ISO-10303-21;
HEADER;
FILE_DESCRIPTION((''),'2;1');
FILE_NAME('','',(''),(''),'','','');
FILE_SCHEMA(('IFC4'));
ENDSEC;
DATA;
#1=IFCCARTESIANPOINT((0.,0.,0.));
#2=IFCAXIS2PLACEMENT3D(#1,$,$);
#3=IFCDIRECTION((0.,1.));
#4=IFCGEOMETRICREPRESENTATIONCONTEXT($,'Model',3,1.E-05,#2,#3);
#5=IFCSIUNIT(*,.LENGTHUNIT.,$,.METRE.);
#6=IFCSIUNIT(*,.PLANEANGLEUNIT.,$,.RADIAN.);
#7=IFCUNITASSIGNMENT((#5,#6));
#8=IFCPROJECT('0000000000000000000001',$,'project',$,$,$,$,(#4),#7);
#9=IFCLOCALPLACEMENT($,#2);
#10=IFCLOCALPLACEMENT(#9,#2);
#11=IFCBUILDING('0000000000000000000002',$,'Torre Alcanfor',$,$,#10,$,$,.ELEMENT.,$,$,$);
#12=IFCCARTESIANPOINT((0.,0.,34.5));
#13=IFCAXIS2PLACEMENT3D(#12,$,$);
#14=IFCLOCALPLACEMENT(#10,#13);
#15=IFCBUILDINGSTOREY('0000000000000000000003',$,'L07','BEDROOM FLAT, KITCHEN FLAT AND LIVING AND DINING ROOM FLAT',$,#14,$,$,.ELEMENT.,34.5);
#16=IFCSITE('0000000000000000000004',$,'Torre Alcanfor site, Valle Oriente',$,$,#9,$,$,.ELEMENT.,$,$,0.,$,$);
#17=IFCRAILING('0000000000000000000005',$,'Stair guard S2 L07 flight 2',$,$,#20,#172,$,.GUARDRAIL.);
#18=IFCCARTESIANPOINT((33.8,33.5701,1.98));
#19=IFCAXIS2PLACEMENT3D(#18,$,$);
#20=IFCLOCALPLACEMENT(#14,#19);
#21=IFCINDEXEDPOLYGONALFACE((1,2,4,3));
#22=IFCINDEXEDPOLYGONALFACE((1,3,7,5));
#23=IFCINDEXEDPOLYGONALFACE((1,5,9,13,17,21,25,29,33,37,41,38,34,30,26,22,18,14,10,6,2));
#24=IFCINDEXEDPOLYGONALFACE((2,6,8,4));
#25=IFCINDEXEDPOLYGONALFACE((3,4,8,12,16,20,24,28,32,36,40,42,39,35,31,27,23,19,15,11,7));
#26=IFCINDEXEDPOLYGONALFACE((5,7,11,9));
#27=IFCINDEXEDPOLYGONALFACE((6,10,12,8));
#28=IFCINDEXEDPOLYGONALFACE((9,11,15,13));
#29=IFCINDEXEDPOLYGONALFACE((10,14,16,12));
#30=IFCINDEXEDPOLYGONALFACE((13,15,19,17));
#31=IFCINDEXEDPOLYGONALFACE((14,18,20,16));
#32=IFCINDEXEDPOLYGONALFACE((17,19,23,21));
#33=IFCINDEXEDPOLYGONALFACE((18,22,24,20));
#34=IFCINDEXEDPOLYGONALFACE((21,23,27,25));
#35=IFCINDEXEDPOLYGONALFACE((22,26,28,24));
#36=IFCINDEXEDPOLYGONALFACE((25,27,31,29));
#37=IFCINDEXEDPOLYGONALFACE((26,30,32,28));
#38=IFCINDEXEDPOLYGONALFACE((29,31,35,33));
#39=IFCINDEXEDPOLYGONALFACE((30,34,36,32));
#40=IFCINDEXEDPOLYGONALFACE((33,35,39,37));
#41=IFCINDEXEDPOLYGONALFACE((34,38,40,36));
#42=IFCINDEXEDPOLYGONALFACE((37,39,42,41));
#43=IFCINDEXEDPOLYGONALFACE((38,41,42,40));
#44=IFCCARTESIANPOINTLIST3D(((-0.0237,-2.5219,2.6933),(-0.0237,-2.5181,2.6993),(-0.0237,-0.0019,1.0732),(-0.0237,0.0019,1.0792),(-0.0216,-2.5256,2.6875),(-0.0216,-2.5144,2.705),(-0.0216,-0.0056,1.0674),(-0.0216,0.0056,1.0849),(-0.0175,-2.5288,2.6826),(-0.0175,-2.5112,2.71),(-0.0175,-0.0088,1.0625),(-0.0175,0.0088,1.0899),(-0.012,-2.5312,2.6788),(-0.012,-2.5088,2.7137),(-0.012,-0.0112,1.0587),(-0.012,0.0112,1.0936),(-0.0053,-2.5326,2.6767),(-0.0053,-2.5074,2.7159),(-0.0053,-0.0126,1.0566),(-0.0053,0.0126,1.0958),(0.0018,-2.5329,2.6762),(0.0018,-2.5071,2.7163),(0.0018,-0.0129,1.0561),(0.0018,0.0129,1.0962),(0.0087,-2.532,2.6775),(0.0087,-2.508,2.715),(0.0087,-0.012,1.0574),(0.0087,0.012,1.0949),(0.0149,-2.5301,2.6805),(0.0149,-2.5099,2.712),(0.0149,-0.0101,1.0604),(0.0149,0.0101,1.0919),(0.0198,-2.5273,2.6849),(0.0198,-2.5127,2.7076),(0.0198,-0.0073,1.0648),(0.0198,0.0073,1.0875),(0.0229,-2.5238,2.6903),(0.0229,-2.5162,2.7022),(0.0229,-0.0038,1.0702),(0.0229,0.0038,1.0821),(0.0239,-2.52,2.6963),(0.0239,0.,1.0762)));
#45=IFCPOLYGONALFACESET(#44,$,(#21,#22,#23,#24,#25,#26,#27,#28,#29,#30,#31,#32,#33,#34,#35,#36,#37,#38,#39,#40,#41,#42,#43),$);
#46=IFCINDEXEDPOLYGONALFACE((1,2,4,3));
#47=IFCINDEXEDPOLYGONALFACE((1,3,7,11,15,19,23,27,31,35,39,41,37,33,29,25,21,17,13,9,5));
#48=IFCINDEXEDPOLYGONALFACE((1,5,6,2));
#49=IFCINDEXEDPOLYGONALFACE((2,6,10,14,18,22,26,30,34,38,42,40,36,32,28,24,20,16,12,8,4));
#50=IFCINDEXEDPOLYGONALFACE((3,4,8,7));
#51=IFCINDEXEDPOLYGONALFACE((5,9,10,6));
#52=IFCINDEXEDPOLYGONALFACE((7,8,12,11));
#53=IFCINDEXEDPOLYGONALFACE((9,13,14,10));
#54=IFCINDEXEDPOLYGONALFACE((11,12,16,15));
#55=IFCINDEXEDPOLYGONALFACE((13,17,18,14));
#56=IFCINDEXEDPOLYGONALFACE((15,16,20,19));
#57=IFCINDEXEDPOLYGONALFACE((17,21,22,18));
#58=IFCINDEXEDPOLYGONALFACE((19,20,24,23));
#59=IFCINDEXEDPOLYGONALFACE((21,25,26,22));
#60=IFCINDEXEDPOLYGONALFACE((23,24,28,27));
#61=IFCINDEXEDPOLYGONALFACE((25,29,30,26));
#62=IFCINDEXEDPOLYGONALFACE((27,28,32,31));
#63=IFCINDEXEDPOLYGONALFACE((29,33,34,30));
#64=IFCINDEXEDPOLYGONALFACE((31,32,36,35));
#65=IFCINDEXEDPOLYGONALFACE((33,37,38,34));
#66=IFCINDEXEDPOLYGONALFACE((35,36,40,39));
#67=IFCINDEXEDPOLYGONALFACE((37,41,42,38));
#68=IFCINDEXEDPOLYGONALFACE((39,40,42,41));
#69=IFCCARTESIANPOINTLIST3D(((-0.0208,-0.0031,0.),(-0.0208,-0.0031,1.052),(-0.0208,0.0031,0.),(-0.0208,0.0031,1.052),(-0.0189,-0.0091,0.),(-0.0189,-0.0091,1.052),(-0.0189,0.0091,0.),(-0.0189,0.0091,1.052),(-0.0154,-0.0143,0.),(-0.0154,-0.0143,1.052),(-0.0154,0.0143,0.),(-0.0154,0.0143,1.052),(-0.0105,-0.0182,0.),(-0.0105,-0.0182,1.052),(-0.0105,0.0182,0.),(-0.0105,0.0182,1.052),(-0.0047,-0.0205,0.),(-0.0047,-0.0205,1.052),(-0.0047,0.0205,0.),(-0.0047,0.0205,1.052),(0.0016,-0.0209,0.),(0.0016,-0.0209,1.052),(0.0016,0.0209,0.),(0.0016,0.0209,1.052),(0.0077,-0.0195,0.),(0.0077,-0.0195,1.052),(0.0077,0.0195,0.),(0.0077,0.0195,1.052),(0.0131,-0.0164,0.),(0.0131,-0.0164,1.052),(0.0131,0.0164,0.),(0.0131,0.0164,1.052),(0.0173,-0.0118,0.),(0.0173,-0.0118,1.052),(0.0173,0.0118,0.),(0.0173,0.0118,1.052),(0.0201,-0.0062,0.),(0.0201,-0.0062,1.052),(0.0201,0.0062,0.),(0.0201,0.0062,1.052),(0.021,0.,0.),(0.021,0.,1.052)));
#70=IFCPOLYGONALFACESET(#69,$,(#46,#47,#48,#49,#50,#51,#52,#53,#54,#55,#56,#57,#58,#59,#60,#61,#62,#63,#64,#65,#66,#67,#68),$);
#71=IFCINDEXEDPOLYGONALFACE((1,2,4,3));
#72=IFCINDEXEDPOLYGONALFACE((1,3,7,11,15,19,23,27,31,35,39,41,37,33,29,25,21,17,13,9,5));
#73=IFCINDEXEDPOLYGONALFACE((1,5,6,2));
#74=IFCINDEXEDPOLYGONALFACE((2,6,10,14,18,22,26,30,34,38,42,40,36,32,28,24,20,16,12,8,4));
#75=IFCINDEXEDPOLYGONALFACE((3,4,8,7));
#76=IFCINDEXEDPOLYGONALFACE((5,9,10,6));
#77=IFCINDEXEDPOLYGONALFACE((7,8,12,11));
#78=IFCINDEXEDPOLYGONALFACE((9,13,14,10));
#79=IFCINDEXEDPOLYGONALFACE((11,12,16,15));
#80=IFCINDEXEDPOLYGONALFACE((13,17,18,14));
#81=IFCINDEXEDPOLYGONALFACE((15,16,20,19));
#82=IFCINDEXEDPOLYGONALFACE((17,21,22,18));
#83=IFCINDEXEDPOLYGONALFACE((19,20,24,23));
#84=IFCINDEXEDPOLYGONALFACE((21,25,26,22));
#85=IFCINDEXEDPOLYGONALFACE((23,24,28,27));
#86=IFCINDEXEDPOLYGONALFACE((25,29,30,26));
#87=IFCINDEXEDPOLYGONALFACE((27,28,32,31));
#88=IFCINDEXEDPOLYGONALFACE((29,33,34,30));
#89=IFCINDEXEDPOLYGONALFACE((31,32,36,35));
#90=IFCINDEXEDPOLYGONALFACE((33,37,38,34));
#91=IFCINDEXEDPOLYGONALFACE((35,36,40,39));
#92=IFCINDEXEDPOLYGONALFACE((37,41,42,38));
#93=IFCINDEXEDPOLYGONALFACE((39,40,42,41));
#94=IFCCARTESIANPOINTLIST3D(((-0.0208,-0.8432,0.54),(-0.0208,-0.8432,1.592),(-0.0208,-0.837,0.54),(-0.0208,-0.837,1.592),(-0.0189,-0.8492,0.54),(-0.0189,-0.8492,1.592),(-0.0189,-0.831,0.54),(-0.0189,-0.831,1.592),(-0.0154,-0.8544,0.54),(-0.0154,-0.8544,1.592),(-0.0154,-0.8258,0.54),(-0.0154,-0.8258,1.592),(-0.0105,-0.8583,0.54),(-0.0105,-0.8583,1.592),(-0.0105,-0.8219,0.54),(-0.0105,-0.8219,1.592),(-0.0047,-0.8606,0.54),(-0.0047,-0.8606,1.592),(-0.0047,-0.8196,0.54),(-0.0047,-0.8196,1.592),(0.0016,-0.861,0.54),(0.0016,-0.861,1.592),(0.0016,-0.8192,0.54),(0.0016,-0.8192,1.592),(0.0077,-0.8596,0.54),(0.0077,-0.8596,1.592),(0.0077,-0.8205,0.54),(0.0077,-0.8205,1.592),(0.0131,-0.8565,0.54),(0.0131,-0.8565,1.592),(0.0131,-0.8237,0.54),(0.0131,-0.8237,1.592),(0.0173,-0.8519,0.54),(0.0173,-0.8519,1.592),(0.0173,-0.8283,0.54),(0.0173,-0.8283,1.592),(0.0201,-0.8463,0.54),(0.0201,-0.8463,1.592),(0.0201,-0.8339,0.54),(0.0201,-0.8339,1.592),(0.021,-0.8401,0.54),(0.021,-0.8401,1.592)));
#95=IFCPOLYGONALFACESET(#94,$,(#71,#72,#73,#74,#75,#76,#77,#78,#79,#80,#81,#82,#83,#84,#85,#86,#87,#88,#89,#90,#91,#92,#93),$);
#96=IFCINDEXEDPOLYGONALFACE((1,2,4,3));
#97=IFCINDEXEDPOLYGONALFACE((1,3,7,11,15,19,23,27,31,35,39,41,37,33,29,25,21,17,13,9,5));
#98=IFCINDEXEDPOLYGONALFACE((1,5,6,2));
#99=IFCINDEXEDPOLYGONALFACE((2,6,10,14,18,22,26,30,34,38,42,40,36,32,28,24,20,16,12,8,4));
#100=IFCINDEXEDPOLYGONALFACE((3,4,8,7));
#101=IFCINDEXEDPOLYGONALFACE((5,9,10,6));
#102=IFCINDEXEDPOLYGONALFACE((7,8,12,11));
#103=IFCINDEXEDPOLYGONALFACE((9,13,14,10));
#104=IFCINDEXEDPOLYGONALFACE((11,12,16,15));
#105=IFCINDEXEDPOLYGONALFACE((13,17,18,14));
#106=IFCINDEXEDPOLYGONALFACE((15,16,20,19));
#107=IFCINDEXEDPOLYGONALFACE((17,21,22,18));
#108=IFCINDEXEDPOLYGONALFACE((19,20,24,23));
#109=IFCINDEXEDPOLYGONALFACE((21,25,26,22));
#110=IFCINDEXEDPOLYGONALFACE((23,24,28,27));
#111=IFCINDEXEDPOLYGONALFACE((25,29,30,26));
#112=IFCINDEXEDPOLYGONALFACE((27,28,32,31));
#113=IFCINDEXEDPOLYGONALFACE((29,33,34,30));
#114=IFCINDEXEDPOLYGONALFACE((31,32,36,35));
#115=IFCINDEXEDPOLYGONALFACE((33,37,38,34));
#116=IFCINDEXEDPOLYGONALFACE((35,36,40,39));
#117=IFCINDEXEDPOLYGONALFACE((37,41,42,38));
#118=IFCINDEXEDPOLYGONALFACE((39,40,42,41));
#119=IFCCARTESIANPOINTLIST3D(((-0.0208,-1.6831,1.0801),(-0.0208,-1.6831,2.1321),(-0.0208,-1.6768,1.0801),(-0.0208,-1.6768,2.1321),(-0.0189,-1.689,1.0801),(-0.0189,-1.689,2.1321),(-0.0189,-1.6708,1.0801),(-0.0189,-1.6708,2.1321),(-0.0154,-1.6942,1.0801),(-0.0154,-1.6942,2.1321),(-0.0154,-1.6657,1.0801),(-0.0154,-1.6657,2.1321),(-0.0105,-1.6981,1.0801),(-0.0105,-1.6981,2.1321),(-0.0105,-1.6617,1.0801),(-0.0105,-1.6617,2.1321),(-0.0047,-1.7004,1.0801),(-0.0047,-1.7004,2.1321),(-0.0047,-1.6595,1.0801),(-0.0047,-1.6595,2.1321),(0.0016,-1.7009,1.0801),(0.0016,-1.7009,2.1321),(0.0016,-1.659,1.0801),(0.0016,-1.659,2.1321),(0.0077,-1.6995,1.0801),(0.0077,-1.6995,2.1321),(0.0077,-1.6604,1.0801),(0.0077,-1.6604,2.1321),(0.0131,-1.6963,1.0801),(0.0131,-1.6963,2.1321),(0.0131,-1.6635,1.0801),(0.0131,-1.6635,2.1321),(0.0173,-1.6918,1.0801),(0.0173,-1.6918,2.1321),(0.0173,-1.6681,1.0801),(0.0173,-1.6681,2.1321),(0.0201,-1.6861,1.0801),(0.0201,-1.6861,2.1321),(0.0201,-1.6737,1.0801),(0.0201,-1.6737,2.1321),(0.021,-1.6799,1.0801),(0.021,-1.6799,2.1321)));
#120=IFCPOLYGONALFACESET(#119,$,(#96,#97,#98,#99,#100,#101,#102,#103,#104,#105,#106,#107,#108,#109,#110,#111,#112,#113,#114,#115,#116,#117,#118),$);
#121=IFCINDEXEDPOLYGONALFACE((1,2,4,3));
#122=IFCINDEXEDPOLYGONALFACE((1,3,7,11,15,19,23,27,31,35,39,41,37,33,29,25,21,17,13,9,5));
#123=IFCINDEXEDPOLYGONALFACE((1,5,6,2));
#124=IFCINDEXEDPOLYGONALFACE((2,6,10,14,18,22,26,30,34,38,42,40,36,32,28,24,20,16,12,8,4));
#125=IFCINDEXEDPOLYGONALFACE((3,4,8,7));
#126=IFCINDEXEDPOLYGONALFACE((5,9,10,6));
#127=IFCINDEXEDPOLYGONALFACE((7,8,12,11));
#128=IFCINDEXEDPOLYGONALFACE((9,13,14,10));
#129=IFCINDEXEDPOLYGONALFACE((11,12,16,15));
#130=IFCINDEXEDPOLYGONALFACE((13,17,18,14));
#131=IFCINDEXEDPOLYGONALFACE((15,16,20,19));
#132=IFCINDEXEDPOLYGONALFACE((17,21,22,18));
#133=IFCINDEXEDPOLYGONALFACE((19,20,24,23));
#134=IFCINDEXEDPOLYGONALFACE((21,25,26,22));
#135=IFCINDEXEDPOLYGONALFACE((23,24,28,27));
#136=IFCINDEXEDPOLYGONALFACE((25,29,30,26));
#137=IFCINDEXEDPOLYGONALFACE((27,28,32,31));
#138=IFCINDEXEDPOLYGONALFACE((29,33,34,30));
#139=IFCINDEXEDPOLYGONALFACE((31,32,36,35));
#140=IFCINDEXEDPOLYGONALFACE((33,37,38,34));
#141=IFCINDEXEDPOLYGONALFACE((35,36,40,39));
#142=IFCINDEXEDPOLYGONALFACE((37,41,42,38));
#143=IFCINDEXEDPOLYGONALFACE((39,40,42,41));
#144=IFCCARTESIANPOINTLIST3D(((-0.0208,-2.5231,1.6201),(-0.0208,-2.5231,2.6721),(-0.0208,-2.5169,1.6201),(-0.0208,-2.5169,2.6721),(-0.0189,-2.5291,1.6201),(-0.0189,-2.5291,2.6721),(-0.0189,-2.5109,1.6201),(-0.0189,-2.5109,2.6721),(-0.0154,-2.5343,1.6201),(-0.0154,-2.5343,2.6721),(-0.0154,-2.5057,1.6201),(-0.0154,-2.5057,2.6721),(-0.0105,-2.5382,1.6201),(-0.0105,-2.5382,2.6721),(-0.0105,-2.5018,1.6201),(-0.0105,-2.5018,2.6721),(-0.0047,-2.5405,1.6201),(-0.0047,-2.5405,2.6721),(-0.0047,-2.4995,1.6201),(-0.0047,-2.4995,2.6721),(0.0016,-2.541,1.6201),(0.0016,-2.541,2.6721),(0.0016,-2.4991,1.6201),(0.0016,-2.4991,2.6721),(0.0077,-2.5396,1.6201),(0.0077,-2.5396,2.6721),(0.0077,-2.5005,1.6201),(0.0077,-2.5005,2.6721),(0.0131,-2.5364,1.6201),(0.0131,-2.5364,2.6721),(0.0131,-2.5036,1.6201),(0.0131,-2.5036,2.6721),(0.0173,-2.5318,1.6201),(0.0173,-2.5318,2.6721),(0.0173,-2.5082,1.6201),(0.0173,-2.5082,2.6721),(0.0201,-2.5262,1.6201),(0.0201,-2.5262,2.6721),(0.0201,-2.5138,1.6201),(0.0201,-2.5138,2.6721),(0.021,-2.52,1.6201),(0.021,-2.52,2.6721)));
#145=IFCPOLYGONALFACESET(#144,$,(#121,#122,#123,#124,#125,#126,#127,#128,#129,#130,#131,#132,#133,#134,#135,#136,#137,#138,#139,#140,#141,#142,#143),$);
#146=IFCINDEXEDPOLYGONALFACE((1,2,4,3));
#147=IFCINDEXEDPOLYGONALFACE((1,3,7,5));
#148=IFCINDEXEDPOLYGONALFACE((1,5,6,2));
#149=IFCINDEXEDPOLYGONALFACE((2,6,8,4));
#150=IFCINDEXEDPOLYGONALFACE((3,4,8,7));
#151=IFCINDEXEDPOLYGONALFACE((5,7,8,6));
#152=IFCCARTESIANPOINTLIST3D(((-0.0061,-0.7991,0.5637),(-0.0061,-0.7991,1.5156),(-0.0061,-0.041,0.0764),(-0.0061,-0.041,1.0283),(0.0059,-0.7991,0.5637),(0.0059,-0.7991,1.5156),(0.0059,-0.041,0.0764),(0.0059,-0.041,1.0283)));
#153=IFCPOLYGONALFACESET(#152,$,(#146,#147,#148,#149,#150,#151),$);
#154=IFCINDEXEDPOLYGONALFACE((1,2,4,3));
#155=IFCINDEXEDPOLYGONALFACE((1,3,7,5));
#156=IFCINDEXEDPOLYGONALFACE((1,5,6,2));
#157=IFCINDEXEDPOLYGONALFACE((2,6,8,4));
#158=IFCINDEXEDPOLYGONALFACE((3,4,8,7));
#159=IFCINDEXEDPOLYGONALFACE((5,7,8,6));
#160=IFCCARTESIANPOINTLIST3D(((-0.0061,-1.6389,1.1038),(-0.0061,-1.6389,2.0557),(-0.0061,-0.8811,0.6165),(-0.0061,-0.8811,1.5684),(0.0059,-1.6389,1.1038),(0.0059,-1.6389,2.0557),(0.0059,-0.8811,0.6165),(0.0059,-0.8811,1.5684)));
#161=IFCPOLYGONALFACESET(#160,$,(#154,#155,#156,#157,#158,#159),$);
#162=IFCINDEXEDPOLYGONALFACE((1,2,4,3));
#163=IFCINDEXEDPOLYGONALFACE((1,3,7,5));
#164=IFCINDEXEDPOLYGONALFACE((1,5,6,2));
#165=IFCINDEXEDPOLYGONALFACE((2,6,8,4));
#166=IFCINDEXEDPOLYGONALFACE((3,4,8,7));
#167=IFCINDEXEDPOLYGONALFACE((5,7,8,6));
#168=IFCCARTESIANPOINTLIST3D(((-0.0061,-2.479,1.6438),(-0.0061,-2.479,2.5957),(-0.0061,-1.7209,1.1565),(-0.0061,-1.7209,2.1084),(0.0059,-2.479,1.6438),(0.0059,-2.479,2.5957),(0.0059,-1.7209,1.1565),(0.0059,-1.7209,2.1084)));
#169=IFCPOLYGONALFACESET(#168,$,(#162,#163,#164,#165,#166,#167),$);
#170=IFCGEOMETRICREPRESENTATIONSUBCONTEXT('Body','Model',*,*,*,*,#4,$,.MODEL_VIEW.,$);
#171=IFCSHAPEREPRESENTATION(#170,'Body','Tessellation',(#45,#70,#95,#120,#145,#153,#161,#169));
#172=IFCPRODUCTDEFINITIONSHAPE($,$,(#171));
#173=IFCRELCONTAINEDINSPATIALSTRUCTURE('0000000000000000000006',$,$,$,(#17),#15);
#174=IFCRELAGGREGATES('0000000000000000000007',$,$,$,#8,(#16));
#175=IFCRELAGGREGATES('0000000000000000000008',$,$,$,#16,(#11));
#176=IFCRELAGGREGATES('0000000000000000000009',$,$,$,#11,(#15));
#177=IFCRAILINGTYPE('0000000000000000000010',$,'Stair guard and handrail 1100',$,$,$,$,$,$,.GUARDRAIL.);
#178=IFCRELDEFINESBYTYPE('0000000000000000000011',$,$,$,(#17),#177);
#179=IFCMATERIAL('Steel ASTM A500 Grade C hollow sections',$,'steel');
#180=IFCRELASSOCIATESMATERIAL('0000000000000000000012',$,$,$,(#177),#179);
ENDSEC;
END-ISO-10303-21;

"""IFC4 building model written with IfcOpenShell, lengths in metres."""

from ifc_helpers import new_model, si_unit, direction, frame, origin, origin_2d, place, context, subcontext, project, spatial, polyline, circle, outline, extrude, material, type_object, element, save


model = new_model("IFC4")

# Units and contexts
model_context = context("Model", 3, precision=1e-05, world=origin(), true_north=direction((0.0, 1.0)))
body_context = subcontext(model_context, "Body", "Model", "MODEL_VIEW")
ifc_project = project(units=[si_unit("LENGTHUNIT", "METRE"), si_unit("PLANEANGLEUNIT", "RADIAN")], contexts=[model_context])

# Site, building, storey
site_placement = place(None, origin())
site = spatial("IfcSite", under=ifc_project, at=site_placement, Name="Torre Alcanfor site, Valle Oriente", CompositionType="ELEMENT", RefElevation=0.0)
building_placement = place(site_placement, origin())
building = spatial("IfcBuilding", under=site, at=building_placement, Name="Torre Alcanfor", CompositionType="ELEMENT")
storey_placement = place(building_placement, frame((0.0, 0.0, 34.5)))
storey = spatial("IfcBuildingStorey", under=building, at=storey_placement, Name="L07", Description="BEDROOM FLAT, KITCHEN FLAT AND LIVING AND DINING ROOM FLAT", CompositionType="ELEMENT", Elevation=34.5)

# Railing
ifc_material_1 = material(Name="Steel ASTM A500 Grade C hollow sections", Category="steel")
railing_type_1 = type_object("IfcRailingType", Name="Stair guard and handrail 1100", PredefinedType="GUARDRAIL", material=ifc_material_1)
railing_1_placement = place(storey_placement, frame((33.8, 33.5701, 1.98)))
element("IfcRailing", 1, at=railing_1_placement, inside=storey, type_object=railing_type_1, Name="Stair guard S2 L07 flight 2", PredefinedType="GUARDRAIL", context=body_context, shape_type="SweptSolid", body=[
    extrude(circle(Radius=0.0239, at=origin_2d()), frame((0.0, 0.0, 1.0762), z_axis=(0.0, -0.841163, 0.540782), x_axis=(1.0, 0.0, 0.0)), (0.0, 0.0, 1.0), 2.9958),
    extrude(circle(Radius=0.021, at=origin_2d()), origin(), (0.0, 0.0, 1.0), 1.052),
    extrude(circle(Radius=0.021, at=origin_2d()), frame((0.0, -0.8401, 0.54)), (0.0, 0.0, 1.0), 1.052),
    extrude(circle(Radius=0.021, at=origin_2d()), frame((0.0, -1.6799, 1.0801)), (0.0, 0.0, 1.0), 1.052),
    extrude(circle(Radius=0.021, at=origin_2d()), frame((0.0, -2.52, 1.6201)), (0.0, 0.0, 1.0), 1.052),
    extrude(outline(polyline([(0.041, 0.0764), (0.7991, 0.5637), (0.7991, 1.5156), (0.041, 1.0283), (0.041, 0.0764)])), frame((0.0059, 0.0, 0.0), z_axis=(-1.0, 0.0, 0.0), x_axis=(0.0, -1.0, 0.0)), (0.0, 0.0, 1.0), 0.012),
    extrude(outline(polyline([(0.8811, 0.6165), (1.6389, 1.1038), (1.6389, 2.0557), (0.8811, 1.5684), (0.8811, 0.6165)])), frame((0.0059, 0.0, 0.0), z_axis=(-1.0, 0.0, 0.0), x_axis=(0.0, -1.0, 0.0)), (0.0, 0.0, 1.0), 0.012),
    extrude(outline(polyline([(1.7209, 1.1565), (2.479, 1.6438), (2.479, 2.5957), (1.7209, 2.1084), (1.7209, 1.1565)])), frame((0.0059, 0.0, 0.0), z_axis=(-1.0, 0.0, 0.0), x_axis=(0.0, -1.0, 0.0)), (0.0, 0.0, 1.0), 0.012),
])

save(model, "model.ifc")
